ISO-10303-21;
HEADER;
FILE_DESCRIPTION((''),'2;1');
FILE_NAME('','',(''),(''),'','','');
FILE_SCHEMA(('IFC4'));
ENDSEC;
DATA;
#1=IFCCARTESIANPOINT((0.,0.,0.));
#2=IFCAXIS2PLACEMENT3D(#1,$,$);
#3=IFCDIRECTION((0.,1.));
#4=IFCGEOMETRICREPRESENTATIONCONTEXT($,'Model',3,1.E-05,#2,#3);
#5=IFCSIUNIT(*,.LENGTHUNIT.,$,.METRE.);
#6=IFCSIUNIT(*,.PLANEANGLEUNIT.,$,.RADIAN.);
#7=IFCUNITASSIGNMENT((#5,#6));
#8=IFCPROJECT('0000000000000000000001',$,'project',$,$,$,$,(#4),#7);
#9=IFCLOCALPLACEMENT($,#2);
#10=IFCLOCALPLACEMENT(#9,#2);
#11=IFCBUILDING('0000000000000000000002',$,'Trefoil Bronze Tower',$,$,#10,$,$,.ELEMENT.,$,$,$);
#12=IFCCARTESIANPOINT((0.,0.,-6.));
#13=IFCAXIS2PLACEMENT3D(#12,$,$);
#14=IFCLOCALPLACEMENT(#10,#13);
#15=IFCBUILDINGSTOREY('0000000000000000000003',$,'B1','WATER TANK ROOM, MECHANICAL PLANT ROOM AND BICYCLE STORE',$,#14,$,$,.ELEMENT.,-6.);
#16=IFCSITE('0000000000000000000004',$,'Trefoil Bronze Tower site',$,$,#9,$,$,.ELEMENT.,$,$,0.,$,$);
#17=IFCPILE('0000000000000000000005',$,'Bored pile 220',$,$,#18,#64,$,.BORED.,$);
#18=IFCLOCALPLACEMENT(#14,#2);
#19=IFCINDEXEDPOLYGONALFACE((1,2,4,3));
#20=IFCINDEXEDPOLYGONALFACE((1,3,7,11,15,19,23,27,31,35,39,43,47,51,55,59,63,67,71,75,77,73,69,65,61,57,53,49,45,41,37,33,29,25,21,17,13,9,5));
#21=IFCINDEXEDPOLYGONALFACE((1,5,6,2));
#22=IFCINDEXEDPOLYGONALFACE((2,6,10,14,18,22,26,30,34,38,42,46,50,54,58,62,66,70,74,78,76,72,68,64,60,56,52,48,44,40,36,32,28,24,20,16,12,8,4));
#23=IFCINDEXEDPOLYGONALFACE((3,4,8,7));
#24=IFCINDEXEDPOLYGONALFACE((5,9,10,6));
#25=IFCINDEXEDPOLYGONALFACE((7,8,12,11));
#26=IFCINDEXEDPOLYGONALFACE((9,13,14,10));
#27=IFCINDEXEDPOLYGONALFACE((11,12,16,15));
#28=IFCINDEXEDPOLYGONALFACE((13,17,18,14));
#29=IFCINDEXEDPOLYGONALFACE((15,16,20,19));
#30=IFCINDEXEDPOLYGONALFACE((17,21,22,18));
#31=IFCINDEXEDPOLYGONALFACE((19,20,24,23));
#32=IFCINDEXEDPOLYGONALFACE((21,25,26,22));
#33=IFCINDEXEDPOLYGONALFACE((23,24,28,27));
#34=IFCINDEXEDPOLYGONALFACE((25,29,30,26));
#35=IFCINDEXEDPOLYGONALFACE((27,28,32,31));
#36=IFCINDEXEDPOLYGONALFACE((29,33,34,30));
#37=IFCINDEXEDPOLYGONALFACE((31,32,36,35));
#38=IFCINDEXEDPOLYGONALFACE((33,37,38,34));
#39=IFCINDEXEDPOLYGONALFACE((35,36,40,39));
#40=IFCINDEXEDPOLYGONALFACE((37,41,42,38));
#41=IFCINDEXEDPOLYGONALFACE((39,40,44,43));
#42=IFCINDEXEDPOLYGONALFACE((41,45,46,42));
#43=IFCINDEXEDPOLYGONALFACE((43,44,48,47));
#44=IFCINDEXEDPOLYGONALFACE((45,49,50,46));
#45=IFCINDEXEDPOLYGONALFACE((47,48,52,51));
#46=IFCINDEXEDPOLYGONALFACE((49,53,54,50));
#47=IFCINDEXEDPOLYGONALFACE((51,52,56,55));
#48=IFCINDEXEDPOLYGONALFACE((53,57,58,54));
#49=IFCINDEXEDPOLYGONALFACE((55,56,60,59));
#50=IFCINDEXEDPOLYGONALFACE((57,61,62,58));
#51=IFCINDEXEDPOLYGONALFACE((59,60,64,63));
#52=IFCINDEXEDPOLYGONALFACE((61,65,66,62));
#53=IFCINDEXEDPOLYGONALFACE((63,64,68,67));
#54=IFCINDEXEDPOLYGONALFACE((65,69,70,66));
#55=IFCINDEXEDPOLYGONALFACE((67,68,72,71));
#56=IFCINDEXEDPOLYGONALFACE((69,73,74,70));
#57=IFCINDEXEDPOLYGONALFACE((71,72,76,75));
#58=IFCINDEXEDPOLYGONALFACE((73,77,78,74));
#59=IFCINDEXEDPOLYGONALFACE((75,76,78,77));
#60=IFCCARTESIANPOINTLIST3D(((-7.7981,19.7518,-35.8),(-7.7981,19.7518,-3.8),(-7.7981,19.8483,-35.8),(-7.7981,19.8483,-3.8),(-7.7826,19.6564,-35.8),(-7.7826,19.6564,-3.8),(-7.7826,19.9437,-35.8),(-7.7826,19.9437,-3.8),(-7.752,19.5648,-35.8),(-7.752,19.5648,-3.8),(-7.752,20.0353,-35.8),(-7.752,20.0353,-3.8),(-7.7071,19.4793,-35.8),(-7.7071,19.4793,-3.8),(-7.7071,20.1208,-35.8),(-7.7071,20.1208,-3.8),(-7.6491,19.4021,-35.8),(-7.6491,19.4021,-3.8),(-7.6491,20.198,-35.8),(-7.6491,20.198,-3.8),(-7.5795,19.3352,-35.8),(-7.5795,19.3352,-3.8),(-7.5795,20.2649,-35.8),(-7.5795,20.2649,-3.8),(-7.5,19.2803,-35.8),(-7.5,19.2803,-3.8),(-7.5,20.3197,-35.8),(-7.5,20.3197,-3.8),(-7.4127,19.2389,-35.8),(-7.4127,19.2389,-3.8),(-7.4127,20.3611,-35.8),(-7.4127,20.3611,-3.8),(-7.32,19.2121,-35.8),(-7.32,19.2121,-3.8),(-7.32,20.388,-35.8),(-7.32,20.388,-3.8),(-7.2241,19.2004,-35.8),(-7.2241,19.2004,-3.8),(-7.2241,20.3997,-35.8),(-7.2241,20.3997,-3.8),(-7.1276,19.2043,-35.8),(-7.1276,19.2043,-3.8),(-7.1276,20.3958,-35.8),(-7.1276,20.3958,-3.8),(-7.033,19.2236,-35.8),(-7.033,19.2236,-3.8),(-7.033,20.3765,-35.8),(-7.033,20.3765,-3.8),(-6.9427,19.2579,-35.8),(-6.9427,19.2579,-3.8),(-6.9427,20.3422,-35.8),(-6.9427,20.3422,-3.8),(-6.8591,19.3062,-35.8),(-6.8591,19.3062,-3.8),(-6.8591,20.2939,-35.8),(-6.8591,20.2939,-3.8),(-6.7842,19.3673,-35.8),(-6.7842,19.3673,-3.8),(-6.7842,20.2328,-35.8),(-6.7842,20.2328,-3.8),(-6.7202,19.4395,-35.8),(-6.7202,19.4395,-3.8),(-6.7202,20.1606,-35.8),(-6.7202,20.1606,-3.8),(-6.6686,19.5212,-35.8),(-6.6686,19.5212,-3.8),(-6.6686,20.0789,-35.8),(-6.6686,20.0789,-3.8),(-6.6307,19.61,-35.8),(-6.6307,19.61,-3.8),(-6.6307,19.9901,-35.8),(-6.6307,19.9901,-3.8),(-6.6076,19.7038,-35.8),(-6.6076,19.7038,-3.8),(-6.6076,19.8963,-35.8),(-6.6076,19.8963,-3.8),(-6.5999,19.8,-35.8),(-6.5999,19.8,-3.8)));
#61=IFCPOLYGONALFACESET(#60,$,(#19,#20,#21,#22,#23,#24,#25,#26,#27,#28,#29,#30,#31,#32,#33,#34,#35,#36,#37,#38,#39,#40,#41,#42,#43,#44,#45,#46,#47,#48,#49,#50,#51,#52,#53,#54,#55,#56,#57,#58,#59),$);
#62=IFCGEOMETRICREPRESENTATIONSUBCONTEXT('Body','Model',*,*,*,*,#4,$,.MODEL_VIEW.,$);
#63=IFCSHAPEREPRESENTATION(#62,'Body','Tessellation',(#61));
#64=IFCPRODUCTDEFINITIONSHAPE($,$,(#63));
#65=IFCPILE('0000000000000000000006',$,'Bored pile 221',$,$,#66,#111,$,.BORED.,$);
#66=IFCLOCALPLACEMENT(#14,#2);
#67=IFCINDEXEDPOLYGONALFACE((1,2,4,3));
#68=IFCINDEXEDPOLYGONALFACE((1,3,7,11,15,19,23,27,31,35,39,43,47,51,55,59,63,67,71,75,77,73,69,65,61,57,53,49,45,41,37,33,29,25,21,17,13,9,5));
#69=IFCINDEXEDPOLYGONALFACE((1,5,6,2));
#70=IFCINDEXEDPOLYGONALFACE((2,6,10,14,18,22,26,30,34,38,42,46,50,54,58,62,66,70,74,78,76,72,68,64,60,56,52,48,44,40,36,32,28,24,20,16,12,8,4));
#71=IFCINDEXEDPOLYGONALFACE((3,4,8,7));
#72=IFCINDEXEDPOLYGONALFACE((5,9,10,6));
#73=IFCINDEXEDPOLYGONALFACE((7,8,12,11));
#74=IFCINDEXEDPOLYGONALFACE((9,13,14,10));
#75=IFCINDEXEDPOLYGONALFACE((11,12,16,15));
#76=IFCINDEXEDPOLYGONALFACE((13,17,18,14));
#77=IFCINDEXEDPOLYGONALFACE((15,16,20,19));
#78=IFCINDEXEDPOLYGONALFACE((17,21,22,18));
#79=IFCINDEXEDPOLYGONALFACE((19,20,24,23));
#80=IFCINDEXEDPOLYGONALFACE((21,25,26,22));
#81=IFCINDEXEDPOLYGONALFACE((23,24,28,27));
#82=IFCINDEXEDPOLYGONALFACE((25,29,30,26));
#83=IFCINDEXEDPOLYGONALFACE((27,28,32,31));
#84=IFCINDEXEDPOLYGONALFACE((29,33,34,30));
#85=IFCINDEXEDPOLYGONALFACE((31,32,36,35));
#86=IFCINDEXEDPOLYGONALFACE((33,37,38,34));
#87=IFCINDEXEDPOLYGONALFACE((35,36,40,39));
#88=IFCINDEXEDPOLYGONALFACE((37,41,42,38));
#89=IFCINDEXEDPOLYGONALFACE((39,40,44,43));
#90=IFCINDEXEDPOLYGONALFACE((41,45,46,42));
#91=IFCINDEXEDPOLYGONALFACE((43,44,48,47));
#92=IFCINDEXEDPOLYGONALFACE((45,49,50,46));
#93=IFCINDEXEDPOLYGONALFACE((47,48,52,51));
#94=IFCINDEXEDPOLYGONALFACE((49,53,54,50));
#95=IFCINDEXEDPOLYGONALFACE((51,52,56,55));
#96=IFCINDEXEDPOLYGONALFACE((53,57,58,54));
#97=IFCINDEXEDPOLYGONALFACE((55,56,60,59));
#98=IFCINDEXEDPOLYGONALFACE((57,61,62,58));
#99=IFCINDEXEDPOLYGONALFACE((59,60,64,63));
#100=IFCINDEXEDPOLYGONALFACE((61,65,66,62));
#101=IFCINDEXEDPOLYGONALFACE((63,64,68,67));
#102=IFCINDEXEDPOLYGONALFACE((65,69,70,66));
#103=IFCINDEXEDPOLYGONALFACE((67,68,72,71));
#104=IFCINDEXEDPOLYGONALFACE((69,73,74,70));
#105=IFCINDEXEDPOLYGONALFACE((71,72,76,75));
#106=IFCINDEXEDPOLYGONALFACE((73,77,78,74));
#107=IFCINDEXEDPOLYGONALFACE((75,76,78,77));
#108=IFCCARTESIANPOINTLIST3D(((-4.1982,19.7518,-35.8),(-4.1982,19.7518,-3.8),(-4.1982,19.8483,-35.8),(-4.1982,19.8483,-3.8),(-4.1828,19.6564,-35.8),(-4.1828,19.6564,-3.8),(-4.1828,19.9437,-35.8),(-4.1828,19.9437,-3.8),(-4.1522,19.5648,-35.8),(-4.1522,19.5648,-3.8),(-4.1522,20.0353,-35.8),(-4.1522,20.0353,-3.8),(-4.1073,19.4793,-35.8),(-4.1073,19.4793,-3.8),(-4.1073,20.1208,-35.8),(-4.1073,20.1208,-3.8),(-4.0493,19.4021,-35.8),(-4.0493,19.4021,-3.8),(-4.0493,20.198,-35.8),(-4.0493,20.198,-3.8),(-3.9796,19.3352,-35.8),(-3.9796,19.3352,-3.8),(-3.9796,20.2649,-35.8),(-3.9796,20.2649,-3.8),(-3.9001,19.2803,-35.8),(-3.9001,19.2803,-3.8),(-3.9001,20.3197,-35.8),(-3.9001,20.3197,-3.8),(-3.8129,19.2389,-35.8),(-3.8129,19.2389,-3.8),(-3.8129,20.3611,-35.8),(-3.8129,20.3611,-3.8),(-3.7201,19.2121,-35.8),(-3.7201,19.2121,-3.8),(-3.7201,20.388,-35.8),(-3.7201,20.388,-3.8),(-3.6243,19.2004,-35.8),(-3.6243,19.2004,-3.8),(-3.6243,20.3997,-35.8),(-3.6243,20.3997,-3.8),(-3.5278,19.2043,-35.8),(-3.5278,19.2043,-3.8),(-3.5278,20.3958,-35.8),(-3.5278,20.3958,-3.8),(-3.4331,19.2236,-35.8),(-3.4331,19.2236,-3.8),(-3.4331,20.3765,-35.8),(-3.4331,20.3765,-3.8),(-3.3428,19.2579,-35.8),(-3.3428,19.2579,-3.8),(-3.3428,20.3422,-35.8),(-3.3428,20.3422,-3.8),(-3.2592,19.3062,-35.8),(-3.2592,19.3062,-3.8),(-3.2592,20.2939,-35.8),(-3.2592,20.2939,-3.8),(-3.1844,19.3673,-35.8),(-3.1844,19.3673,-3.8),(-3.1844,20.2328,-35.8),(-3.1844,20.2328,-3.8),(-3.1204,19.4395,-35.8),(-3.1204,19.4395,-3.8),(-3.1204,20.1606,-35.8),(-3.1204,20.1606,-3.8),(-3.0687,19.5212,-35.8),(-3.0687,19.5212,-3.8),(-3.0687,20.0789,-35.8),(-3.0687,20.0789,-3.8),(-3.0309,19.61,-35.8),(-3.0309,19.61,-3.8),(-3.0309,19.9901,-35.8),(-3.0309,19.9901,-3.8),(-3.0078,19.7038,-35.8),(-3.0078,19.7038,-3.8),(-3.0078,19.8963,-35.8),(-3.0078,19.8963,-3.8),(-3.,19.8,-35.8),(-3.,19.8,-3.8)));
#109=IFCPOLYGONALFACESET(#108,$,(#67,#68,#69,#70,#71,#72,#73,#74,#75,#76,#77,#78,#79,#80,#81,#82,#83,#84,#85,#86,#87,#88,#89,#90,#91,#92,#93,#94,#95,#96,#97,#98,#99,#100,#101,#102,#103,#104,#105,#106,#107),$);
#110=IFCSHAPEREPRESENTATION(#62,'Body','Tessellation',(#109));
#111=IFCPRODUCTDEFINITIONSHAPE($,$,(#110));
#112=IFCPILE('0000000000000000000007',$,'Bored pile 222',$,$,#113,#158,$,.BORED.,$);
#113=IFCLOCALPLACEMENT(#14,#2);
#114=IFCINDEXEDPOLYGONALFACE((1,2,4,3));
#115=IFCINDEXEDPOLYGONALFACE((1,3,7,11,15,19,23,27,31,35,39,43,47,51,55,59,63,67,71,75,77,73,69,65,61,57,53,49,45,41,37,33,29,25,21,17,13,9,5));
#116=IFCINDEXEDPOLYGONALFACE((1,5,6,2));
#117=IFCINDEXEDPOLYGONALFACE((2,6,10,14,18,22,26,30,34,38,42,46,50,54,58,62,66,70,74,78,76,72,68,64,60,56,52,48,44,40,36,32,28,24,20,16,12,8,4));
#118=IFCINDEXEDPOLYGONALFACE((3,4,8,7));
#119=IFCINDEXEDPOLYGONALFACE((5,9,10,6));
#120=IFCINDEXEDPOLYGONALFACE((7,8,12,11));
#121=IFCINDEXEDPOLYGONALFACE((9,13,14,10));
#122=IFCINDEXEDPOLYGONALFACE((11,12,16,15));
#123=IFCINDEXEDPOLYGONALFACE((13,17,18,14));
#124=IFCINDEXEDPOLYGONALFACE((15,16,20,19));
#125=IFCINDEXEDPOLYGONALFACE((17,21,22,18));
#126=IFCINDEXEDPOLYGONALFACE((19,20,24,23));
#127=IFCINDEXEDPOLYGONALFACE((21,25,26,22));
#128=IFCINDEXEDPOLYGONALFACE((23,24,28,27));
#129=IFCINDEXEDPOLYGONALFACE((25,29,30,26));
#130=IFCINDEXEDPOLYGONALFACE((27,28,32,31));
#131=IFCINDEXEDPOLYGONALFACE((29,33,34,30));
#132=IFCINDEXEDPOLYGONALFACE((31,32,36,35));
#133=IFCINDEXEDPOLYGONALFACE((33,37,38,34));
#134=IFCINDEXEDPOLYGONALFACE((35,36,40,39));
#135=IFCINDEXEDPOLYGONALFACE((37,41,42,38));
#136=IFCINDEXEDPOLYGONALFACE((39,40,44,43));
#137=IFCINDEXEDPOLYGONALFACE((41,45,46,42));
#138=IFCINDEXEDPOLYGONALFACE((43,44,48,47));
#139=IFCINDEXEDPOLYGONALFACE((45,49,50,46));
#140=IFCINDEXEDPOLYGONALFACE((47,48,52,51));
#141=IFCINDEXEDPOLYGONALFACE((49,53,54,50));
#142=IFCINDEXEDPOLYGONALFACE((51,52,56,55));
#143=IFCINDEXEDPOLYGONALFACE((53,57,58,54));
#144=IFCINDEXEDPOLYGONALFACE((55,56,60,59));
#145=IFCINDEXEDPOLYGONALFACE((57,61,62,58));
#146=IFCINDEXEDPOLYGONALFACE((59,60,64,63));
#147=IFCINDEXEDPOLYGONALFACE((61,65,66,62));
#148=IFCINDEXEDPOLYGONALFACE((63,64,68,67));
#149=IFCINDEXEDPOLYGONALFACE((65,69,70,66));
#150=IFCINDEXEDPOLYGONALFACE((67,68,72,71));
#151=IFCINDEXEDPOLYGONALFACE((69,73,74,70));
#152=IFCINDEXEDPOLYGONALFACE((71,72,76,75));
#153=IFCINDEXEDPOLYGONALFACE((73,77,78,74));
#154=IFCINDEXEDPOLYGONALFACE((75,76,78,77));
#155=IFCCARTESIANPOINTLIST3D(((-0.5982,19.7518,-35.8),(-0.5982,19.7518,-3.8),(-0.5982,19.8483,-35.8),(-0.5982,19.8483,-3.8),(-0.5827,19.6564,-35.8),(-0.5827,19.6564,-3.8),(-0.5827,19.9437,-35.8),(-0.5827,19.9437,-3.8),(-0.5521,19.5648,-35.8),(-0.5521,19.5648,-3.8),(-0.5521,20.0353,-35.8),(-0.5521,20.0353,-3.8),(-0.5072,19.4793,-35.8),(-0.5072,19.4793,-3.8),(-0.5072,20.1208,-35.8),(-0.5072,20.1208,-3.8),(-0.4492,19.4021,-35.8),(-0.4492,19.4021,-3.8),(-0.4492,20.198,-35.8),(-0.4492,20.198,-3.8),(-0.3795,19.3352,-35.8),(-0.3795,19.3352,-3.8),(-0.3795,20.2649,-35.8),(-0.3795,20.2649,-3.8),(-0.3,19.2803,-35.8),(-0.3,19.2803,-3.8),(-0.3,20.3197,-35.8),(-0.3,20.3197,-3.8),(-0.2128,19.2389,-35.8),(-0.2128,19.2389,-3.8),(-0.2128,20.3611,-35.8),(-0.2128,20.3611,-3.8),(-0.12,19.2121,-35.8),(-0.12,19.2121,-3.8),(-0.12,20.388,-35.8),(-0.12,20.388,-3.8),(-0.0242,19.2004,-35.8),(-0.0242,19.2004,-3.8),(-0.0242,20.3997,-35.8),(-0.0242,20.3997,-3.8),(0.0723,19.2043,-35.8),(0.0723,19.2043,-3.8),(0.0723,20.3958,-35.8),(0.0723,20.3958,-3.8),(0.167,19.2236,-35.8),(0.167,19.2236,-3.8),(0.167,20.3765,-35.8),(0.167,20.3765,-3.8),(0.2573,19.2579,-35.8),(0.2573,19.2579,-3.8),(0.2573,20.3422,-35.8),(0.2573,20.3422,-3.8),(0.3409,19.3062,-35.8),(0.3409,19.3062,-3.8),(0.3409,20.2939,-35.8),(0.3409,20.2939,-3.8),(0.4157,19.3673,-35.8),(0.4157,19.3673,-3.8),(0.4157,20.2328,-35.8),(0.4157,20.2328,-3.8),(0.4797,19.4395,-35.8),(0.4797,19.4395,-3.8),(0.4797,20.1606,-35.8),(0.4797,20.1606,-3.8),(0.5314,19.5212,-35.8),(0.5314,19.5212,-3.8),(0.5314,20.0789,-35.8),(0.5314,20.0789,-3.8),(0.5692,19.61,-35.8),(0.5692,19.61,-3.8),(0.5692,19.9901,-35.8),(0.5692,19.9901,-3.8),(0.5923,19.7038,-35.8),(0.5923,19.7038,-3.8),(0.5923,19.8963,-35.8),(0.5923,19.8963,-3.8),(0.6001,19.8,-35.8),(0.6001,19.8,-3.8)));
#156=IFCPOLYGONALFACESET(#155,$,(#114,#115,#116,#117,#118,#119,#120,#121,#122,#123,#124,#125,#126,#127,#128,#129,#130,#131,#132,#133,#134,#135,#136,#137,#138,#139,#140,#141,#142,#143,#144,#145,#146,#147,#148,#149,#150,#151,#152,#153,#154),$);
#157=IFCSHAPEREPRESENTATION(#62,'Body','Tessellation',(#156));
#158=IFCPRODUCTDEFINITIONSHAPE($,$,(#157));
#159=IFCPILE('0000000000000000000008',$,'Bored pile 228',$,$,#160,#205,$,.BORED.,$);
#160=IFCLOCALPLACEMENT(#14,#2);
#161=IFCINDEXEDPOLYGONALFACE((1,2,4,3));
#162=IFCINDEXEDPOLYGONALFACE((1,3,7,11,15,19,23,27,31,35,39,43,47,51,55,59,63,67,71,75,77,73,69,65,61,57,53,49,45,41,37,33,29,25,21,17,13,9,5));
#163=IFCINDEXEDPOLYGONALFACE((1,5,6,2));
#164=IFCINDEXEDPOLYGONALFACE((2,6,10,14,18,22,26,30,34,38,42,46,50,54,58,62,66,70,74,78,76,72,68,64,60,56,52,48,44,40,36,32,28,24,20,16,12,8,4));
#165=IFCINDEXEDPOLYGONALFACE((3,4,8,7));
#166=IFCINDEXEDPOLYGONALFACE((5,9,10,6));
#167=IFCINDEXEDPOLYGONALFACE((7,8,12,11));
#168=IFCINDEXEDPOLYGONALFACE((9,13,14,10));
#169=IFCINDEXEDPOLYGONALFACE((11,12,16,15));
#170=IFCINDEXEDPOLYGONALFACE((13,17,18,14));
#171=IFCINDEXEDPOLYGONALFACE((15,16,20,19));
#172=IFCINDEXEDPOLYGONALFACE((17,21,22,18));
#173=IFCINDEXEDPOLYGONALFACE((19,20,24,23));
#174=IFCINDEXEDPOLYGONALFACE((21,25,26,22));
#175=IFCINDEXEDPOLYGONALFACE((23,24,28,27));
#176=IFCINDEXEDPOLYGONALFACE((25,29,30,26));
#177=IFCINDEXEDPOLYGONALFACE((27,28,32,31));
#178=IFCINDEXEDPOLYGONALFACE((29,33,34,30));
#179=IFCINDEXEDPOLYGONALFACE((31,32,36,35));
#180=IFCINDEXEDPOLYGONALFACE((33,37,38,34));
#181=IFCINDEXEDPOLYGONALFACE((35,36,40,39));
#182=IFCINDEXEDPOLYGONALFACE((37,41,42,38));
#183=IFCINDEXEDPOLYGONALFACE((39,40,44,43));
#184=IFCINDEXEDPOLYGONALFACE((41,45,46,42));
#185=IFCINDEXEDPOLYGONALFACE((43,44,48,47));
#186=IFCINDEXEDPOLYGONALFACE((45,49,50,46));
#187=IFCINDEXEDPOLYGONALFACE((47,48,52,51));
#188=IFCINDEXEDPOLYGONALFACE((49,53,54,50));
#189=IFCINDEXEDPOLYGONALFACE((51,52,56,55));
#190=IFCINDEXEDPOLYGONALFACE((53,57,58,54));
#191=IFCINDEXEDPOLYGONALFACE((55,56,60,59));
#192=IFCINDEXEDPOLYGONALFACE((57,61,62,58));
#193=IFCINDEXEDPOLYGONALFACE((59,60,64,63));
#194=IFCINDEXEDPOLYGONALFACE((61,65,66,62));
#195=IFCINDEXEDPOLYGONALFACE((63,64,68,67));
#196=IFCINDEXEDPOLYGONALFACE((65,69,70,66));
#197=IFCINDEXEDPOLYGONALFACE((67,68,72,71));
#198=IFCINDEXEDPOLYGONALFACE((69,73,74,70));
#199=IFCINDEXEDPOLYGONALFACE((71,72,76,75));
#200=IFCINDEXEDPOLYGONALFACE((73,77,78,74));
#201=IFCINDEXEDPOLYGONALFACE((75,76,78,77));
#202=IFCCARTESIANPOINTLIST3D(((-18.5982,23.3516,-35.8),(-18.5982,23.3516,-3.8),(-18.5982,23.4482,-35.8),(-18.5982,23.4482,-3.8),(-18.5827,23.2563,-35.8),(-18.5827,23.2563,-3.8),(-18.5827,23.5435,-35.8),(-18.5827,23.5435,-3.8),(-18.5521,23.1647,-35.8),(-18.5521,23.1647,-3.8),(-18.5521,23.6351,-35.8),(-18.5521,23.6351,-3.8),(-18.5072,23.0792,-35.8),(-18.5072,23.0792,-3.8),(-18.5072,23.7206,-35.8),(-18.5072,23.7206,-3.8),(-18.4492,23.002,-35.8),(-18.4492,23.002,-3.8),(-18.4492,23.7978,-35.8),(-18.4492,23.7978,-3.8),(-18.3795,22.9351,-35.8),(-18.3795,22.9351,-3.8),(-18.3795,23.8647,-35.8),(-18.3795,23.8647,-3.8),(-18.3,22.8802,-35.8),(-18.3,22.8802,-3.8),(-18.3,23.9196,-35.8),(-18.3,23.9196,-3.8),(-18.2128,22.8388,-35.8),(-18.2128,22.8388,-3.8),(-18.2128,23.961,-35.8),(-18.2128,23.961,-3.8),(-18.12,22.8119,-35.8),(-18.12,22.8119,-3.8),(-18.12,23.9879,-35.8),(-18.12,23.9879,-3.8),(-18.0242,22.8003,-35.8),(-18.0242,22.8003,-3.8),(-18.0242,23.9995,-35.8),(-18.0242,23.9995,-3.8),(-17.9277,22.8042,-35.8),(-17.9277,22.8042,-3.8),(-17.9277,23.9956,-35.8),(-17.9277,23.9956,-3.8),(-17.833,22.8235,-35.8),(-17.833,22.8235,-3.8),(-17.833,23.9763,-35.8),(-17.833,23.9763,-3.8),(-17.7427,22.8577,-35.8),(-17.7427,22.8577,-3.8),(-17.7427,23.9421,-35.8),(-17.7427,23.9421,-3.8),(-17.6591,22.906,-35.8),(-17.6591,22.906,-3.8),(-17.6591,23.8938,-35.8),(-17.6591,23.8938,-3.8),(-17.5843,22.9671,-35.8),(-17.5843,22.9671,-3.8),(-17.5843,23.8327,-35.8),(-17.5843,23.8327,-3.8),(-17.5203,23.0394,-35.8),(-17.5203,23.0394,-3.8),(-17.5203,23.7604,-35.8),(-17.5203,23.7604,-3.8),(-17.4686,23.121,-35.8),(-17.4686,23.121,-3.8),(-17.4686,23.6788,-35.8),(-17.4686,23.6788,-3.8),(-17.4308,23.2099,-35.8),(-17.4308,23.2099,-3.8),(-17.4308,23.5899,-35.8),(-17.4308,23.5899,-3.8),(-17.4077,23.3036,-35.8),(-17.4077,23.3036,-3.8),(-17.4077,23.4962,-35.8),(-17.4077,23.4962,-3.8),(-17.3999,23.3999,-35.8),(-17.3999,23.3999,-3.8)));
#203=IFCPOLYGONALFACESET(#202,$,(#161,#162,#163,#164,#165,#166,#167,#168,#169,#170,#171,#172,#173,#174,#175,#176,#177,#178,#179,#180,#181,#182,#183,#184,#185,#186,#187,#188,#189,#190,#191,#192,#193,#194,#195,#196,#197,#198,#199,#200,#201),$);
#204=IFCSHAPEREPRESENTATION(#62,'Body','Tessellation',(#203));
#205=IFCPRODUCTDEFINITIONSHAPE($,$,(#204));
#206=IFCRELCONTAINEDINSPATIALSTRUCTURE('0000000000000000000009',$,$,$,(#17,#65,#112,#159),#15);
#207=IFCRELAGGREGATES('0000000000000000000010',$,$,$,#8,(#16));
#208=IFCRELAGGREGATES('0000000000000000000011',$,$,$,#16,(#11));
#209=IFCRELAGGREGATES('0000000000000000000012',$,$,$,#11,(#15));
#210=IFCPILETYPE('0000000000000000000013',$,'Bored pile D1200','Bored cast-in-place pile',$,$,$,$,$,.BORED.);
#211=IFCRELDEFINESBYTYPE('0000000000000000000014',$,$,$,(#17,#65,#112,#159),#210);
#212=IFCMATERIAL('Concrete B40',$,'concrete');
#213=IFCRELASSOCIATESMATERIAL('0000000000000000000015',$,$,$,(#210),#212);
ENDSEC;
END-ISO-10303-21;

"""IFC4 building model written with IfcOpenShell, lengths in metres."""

from ifc_helpers import new_model, si_unit, direction, frame, origin, origin_2d, place, context, subcontext, project, spatial, circle, extrude, material, type_object, element, save


model = new_model("IFC4")

# Units and contexts
model_context = context("Model", 3, precision=1e-05, world=origin(), true_north=direction((0.0, 1.0)))
body_context = subcontext(model_context, "Body", "Model", "MODEL_VIEW")
ifc_project = project(units=[si_unit("LENGTHUNIT", "METRE"), si_unit("PLANEANGLEUNIT", "RADIAN")], contexts=[model_context])

# Site, building, storey
site_placement = place(None, origin())
site = spatial("IfcSite", under=ifc_project, at=site_placement, Name="Trefoil Bronze Tower site", CompositionType="ELEMENT", RefElevation=0.0)
building_placement = place(site_placement, origin())
building = spatial("IfcBuilding", under=site, at=building_placement, Name="Trefoil Bronze Tower", CompositionType="ELEMENT")
storey_placement = place(building_placement, frame((0.0, 0.0, -6.0)))
storey = spatial("IfcBuildingStorey", under=building, at=storey_placement, Name="B1", Description="WATER TANK ROOM, MECHANICAL PLANT ROOM AND BICYCLE STORE", CompositionType="ELEMENT", Elevation=-6.0)

# Piles
ifc_material_1 = material(Name="Concrete B40", Category="concrete")
pile_type = type_object("IfcPileType", Name="Bored pile D1200", Description="Bored cast-in-place pile", PredefinedType="BORED", material=ifc_material_1)
for number, where, z_axis, x_axis, name in (
    (1, (-7.2, 19.8, -3.8), (0.0, 0.0, -1.0), (1.0, 0.0, 0.0), "Bored pile 220"),
    (2, (-3.6001, 19.8, -3.8), (0.0, 0.0, -1.0), (1.0, 0.0, 0.0), "Bored pile 221"),
    (3, (0.0, 19.8, -3.8), (0.0, 0.0, -1.0), (1.0, 0.0, 0.0), "Bored pile 222"),
    (4, (-18.0, 23.3999, -3.8), (0.0, 0.0, -1.0), (1.0, 0.0, 0.0), "Bored pile 228"),
):
    element("IfcPile", number, at=place(storey_placement, frame(where, z_axis=z_axis, x_axis=x_axis)), inside=storey, type_object=pile_type, Name=name, PredefinedType="BORED", context=body_context, shape_type="SweptSolid", body=[
        extrude(circle(Radius=0.6001, at=origin_2d()), origin(), (0.0, 0.0, 1.0), 32.0),
    ])

save(model, "model.ifc")
